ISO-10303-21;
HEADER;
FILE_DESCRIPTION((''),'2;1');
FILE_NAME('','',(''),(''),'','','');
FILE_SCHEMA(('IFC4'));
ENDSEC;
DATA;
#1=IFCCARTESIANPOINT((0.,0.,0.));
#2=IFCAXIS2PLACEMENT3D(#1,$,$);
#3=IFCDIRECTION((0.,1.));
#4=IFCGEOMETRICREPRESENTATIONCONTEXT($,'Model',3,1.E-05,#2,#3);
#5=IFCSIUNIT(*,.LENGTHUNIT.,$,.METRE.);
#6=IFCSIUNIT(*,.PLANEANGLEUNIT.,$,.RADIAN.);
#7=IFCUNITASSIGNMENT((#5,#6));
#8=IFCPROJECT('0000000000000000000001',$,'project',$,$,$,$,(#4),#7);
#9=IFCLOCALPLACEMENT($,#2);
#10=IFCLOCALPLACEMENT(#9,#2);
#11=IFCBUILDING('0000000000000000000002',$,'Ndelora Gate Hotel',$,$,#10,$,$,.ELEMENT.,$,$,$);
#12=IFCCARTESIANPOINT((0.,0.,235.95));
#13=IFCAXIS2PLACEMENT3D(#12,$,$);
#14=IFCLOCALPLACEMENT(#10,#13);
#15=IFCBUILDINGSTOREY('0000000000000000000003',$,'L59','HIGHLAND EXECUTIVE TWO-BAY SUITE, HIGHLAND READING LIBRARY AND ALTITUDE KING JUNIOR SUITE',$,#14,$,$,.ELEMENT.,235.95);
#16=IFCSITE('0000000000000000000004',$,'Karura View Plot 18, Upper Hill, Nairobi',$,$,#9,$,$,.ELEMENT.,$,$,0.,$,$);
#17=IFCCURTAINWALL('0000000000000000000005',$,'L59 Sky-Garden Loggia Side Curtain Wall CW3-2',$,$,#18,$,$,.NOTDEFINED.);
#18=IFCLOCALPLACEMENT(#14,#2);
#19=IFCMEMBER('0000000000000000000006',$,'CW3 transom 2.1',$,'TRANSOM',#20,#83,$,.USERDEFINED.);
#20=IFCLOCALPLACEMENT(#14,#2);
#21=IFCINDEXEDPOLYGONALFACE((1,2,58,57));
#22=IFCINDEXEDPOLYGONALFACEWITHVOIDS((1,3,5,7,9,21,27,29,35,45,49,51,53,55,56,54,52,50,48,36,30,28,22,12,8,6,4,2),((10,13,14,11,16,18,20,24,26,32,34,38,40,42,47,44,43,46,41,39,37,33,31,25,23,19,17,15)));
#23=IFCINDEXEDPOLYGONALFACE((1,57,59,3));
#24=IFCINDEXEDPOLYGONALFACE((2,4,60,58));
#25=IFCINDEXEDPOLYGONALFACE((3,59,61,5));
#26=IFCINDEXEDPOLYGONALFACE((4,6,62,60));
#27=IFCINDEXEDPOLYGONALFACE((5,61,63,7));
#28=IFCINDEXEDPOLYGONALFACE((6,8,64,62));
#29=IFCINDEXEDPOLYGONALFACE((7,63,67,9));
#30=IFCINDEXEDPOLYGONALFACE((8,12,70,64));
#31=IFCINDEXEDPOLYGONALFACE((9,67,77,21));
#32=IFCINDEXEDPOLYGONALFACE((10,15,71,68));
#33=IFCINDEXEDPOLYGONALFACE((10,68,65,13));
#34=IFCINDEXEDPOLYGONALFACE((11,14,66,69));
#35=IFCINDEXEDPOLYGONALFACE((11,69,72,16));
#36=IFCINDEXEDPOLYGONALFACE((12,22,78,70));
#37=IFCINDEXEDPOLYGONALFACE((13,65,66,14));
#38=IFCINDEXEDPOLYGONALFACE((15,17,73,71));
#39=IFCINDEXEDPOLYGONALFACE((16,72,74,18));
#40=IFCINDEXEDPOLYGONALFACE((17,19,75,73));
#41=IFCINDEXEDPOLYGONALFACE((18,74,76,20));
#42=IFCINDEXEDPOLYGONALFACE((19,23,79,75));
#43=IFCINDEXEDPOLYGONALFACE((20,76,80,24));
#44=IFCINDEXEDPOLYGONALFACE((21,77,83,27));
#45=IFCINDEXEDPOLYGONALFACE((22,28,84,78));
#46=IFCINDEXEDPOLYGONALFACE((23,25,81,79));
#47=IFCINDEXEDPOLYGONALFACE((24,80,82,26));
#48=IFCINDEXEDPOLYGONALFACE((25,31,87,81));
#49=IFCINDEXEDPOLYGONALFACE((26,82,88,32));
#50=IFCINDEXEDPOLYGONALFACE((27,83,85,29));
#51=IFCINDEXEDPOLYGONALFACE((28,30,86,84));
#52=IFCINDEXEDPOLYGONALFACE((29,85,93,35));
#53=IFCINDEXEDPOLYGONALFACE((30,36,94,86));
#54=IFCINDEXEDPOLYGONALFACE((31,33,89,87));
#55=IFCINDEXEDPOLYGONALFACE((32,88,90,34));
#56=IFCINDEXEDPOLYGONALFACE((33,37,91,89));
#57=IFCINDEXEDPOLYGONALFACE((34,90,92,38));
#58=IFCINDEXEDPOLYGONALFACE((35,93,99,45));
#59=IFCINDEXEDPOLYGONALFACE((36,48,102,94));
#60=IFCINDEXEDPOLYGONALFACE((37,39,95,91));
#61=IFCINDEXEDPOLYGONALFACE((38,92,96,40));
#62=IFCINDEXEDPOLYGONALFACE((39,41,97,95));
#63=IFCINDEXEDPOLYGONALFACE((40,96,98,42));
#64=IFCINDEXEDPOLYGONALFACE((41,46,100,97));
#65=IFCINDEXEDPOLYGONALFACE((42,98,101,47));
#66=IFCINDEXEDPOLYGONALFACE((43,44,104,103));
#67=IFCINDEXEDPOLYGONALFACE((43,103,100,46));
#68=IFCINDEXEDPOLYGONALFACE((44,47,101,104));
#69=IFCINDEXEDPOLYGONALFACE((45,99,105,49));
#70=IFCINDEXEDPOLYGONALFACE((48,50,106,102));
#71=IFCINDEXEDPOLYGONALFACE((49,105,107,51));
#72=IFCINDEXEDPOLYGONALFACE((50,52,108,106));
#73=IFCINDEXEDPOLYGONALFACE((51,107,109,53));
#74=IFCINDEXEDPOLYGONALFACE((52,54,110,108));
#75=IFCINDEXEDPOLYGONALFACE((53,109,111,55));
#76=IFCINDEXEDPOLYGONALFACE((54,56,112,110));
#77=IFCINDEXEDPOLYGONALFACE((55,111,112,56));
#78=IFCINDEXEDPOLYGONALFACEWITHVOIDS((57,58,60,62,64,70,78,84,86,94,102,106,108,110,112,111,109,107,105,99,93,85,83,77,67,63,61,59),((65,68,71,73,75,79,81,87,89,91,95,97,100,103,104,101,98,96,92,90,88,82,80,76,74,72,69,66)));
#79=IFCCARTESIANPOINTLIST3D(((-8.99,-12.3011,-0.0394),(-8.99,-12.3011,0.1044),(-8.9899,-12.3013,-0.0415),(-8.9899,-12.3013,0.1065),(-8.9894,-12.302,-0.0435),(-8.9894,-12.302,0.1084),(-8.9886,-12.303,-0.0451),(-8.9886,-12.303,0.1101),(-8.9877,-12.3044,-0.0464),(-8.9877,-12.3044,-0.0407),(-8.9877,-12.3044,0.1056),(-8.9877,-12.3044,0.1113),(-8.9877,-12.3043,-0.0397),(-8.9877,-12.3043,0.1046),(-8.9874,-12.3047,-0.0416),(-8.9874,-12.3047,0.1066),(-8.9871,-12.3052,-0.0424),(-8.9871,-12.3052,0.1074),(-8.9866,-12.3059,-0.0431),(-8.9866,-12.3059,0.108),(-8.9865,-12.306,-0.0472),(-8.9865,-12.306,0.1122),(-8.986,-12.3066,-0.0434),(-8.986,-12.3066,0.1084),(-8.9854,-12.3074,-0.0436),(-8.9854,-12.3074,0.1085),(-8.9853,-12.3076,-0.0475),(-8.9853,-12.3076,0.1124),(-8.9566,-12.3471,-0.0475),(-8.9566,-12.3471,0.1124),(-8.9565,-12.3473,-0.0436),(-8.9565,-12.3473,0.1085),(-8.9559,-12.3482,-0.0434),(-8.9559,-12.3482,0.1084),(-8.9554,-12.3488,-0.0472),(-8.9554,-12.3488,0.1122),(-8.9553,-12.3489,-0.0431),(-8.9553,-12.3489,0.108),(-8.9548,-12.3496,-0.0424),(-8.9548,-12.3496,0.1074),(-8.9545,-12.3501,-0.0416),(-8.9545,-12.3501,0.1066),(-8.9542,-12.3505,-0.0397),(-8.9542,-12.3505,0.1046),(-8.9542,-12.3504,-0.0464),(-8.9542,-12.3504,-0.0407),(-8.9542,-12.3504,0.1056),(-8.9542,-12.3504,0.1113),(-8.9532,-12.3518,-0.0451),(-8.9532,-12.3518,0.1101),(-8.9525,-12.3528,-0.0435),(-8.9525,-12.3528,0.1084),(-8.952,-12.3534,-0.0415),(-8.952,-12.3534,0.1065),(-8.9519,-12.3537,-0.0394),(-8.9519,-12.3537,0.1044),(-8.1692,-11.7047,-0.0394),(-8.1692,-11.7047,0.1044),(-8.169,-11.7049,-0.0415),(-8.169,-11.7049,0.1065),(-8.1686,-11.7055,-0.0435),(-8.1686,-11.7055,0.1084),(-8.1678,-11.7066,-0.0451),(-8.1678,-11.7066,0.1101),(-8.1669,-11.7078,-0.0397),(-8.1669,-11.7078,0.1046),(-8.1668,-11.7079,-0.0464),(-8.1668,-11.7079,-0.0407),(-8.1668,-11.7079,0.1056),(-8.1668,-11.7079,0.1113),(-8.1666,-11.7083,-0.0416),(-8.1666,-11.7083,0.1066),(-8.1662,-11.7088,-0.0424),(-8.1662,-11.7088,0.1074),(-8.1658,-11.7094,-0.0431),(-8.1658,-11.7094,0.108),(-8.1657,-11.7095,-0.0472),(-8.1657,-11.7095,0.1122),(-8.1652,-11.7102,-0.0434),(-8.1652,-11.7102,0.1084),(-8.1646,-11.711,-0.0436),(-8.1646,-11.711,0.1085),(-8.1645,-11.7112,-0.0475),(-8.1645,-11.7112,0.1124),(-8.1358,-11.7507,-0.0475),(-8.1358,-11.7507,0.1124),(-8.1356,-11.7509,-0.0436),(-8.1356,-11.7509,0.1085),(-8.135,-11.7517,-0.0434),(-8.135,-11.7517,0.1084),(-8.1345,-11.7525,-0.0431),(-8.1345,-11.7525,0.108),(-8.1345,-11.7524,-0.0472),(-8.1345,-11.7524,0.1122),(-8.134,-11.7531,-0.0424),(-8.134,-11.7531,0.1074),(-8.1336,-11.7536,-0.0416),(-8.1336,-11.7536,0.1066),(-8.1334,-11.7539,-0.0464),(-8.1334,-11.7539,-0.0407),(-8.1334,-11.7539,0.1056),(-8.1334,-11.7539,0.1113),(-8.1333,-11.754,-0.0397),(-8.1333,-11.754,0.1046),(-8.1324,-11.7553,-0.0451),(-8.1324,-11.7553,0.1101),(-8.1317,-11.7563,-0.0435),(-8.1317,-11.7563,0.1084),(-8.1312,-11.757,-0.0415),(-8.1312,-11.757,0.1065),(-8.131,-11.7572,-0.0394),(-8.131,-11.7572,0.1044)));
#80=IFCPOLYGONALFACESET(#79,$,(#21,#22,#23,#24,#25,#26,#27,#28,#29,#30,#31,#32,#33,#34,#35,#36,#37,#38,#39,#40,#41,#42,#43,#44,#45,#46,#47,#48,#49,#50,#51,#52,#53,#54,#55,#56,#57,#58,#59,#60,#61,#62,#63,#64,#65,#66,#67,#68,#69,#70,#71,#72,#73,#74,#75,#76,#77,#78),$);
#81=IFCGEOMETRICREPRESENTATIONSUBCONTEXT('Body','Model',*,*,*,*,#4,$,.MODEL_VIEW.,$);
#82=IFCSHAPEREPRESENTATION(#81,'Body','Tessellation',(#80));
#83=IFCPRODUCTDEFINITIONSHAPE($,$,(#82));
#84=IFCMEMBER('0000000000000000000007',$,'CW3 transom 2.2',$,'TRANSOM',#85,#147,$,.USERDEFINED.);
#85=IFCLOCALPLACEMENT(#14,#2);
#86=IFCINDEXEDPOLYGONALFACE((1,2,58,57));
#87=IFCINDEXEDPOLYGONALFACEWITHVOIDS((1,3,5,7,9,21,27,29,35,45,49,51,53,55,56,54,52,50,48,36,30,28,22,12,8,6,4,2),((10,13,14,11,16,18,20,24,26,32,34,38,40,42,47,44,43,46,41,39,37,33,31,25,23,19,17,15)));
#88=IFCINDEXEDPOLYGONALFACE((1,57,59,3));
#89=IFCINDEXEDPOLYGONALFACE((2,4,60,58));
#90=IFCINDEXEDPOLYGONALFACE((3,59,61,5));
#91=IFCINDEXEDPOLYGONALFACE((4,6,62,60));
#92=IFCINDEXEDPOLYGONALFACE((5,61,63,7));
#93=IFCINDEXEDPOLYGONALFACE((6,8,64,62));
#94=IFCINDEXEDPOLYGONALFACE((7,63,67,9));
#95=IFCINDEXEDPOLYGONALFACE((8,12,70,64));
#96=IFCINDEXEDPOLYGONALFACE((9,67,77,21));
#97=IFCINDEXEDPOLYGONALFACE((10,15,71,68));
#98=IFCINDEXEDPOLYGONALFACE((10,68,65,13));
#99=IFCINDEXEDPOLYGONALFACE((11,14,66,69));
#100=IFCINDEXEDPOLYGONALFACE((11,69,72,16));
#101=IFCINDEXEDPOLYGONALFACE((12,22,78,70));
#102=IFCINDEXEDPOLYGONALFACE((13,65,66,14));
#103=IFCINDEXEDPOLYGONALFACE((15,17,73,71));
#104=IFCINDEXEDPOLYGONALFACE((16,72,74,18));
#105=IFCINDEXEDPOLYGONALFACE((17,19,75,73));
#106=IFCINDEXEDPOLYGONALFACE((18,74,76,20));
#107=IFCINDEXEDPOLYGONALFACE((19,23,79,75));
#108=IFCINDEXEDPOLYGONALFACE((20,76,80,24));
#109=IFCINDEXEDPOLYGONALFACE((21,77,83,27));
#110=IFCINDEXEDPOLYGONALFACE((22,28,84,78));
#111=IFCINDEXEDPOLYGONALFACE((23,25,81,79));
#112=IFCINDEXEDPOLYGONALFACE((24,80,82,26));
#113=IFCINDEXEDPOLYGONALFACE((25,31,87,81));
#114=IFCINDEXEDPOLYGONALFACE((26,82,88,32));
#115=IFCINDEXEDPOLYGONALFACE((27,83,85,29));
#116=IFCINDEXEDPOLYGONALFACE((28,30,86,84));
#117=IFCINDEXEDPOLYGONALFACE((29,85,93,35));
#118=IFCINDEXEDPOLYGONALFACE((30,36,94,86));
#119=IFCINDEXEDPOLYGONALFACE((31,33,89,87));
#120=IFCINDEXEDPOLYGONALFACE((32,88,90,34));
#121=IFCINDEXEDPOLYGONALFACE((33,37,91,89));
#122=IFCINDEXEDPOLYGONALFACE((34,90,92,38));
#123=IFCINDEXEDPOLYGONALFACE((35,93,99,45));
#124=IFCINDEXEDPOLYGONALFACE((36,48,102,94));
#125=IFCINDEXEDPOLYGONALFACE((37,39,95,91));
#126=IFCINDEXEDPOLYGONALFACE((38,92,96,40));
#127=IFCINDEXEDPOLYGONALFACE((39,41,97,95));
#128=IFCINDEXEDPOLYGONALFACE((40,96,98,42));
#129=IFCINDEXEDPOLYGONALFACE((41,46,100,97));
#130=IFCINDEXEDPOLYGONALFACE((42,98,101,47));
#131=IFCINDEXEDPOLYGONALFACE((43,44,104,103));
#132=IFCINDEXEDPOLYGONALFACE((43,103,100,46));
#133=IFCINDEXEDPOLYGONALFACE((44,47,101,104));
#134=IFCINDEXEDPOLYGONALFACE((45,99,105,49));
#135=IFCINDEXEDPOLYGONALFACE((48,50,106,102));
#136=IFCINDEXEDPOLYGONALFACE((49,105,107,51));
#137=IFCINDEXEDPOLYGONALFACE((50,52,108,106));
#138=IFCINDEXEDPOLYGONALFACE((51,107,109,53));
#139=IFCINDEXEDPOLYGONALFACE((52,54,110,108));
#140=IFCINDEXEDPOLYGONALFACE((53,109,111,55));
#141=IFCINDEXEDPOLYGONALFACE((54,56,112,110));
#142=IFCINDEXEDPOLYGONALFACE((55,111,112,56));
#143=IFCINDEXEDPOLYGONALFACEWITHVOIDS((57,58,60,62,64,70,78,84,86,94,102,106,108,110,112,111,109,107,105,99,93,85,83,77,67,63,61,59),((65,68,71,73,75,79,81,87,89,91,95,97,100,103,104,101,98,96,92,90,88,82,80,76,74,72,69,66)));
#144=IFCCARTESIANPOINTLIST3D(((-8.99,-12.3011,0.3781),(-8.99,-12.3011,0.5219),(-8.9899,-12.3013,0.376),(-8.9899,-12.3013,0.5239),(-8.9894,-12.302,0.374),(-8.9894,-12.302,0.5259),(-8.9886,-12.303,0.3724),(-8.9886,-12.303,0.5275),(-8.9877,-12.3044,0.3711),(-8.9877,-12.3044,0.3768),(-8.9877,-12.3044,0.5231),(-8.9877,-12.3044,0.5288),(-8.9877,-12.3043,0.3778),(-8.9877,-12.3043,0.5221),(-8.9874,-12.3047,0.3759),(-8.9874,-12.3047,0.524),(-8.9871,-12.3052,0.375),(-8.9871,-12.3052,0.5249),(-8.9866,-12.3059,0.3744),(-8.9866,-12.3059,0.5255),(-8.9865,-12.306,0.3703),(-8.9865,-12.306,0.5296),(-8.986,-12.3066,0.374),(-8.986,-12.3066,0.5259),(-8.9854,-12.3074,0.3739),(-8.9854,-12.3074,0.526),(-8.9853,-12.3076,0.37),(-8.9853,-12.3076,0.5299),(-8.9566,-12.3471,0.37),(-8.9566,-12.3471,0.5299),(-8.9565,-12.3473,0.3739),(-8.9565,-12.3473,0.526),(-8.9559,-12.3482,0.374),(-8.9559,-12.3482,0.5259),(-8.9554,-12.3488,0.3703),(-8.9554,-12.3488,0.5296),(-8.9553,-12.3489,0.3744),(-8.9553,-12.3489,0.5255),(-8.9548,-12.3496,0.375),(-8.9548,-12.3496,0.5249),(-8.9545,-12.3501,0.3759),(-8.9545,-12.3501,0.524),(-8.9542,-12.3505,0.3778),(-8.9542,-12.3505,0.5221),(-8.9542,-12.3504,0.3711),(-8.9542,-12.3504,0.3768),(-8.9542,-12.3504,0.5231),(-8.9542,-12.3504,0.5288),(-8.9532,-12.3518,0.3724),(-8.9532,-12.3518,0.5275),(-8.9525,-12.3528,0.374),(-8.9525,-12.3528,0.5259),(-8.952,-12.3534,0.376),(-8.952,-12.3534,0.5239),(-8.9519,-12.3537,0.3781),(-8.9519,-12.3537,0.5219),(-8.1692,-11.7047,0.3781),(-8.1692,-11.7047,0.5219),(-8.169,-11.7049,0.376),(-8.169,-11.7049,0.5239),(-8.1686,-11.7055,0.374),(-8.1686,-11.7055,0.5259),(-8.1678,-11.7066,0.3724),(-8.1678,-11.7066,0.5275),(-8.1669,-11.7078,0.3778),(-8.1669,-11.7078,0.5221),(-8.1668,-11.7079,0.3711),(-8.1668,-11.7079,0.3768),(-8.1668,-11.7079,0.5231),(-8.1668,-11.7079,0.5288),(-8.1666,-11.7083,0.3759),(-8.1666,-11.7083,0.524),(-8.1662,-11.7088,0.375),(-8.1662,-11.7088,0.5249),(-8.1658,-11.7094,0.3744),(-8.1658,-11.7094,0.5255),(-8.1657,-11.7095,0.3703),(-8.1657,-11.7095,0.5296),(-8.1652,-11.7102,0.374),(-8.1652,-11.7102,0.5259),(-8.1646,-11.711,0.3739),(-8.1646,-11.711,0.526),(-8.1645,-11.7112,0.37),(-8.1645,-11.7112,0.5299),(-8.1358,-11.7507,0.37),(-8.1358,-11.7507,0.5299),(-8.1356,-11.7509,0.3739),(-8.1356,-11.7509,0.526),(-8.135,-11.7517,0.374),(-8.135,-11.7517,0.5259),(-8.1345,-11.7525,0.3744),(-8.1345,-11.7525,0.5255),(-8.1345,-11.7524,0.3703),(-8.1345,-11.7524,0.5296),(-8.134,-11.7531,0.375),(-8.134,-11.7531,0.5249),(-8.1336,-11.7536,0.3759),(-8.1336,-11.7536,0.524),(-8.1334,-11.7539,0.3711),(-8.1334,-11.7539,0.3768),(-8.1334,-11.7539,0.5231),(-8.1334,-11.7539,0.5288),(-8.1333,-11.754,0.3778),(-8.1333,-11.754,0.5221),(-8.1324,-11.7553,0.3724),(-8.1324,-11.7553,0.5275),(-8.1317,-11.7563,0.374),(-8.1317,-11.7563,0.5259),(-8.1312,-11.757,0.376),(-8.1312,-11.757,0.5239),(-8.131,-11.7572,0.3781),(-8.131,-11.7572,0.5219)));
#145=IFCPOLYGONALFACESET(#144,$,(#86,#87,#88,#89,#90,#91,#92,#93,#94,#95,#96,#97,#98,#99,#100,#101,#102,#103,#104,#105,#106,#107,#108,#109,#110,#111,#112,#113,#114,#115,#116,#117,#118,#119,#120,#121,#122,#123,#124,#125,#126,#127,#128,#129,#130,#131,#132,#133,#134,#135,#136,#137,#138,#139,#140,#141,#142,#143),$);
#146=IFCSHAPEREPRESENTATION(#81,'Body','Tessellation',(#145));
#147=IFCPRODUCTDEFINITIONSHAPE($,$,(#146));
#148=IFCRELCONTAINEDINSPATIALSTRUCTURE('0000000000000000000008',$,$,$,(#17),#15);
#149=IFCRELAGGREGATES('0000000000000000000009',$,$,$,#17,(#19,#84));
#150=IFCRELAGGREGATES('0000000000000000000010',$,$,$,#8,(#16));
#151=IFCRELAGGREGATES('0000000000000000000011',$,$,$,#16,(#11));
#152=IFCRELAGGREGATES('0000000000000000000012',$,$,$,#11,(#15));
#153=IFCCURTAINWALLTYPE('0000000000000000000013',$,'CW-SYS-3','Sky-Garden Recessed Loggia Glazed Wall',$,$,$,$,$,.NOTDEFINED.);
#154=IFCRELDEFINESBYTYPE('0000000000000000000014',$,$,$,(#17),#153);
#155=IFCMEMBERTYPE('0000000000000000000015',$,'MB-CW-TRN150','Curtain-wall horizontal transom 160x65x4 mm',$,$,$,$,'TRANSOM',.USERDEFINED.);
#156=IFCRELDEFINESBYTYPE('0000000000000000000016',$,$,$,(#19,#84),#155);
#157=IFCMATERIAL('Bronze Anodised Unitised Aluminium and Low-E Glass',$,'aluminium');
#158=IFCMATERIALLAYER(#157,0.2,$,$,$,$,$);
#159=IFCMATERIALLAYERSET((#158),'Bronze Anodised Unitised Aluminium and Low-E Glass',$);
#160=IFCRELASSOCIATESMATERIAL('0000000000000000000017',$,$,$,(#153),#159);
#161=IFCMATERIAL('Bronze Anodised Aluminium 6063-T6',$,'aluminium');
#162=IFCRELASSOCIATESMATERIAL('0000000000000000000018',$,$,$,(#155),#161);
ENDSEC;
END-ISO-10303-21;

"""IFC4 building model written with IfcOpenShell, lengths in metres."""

from ifc_helpers import new_model, si_unit, direction, frame, origin, origin_2d, place, context, subcontext, project, spatial, hollow_rectangle, extrude, material, layer, layer_set, material_profile, profile_set, type_object, element, aggregate, save


model = new_model("IFC4")

# Units and contexts
model_context = context("Model", 3, precision=1e-05, world=origin(), true_north=direction((0.0, 1.0)))
body_context = subcontext(model_context, "Body", "Model", "MODEL_VIEW")
ifc_project = project(units=[si_unit("LENGTHUNIT", "METRE"), si_unit("PLANEANGLEUNIT", "RADIAN")], contexts=[model_context])

# Site, building, storey
site_placement = place(None, origin())
site = spatial("IfcSite", under=ifc_project, at=site_placement, Name="Karura View Plot 18, Upper Hill, Nairobi", CompositionType="ELEMENT", RefElevation=0.0)
building_placement = place(site_placement, origin())
building = spatial("IfcBuilding", under=site, at=building_placement, Name="Ndelora Gate Hotel", CompositionType="ELEMENT")
storey_placement = place(building_placement, frame((0.0, 0.0, 235.95)))
storey = spatial("IfcBuildingStorey", under=building, at=storey_placement, Name="L59", Description="HIGHLAND EXECUTIVE TWO-BAY SUITE, HIGHLAND READING LIBRARY AND ALTITUDE KING JUNIOR SUITE", CompositionType="ELEMENT", Elevation=235.95)

# Curtain wall, members
ifc_material_1 = material(Name="Bronze Anodised Unitised Aluminium and Low-E Glass", Category="aluminium")
ifc_layer_1 = layer(ifc_material_1, 0.2)
ifc_layer_set_1 = layer_set([ifc_layer_1], Name="Bronze Anodised Unitised Aluminium and Low-E Glass")
curtain_wall_type = type_object("IfcCurtainWallType", Name="CW-SYS-3", Description="Sky-Garden Recessed Loggia Glazed Wall", PredefinedType="NOTDEFINED", material=ifc_layer_set_1)
curtain_wall_placement = place(storey_placement, origin())
curtain_wall = element("IfcCurtainWall", 1, at=curtain_wall_placement, inside=storey, type_object=curtain_wall_type, Name="L59 Sky-Garden Loggia Side Curtain Wall CW3-2", PredefinedType="NOTDEFINED")
ifc_material_2 = material(Name="Bronze Anodised Aluminium 6063-T6", Category="aluminium")
ifc_material_profile_1 = material_profile(ifc_material_2, hollow_rectangle(XDim=0.0649, YDim=0.1599, WallThickness=0.0039, InnerFilletRadius=0.0039, OuterFilletRadius=0.0081, at=origin_2d()), Name="ALU 160x65x4")
ifc_profile_set_1 = profile_set([ifc_material_profile_1], Name="Bronze Anodised Aluminium 6063-T6")
member_type_1 = type_object("IfcMemberType", Name="MB-CW-TRN150", Description="Curtain-wall horizontal transom 160x65x4 mm", ElementType="TRANSOM", PredefinedType="USERDEFINED", material=ifc_profile_set_1)
member_1_placement = place(storey_placement, frame((-8.9709, -12.3274, 0.0325), z_axis=(0.808975, 0.587843, 0.0), x_axis=(-0.587843, 0.808975, 0.0)))
member_1 = element("IfcMember", 2, at=member_1_placement, type_object=member_type_1, Name="CW3 transom 2.1", ObjectType="TRANSOM", PredefinedType="USERDEFINED", context=body_context, shape_type="SweptSolid", body=[
    extrude(hollow_rectangle(XDim=0.0649, YDim=0.1599, WallThickness=0.0039, InnerFilletRadius=0.0039, OuterFilletRadius=0.0081, at=origin_2d()), origin(), (0.0, 0.0, 1.0), 1.0146),
])
member_2_placement = place(storey_placement, frame((-8.9709, -12.3274, 0.45), z_axis=(0.808975, 0.587843, 0.0), x_axis=(-0.587843, 0.808975, 0.0)))
member_2 = element("IfcMember", 3, at=member_2_placement, type_object=member_type_1, Name="CW3 transom 2.2", ObjectType="TRANSOM", PredefinedType="USERDEFINED", context=body_context, shape_type="SweptSolid", body=[
    extrude(hollow_rectangle(XDim=0.0649, YDim=0.1599, WallThickness=0.0039, InnerFilletRadius=0.0039, OuterFilletRadius=0.0081, at=origin_2d()), origin(), (0.0, 0.0, 1.0), 1.0146),
])
aggregate(curtain_wall, [member_1, member_2])

save(model, "model.ifc")
